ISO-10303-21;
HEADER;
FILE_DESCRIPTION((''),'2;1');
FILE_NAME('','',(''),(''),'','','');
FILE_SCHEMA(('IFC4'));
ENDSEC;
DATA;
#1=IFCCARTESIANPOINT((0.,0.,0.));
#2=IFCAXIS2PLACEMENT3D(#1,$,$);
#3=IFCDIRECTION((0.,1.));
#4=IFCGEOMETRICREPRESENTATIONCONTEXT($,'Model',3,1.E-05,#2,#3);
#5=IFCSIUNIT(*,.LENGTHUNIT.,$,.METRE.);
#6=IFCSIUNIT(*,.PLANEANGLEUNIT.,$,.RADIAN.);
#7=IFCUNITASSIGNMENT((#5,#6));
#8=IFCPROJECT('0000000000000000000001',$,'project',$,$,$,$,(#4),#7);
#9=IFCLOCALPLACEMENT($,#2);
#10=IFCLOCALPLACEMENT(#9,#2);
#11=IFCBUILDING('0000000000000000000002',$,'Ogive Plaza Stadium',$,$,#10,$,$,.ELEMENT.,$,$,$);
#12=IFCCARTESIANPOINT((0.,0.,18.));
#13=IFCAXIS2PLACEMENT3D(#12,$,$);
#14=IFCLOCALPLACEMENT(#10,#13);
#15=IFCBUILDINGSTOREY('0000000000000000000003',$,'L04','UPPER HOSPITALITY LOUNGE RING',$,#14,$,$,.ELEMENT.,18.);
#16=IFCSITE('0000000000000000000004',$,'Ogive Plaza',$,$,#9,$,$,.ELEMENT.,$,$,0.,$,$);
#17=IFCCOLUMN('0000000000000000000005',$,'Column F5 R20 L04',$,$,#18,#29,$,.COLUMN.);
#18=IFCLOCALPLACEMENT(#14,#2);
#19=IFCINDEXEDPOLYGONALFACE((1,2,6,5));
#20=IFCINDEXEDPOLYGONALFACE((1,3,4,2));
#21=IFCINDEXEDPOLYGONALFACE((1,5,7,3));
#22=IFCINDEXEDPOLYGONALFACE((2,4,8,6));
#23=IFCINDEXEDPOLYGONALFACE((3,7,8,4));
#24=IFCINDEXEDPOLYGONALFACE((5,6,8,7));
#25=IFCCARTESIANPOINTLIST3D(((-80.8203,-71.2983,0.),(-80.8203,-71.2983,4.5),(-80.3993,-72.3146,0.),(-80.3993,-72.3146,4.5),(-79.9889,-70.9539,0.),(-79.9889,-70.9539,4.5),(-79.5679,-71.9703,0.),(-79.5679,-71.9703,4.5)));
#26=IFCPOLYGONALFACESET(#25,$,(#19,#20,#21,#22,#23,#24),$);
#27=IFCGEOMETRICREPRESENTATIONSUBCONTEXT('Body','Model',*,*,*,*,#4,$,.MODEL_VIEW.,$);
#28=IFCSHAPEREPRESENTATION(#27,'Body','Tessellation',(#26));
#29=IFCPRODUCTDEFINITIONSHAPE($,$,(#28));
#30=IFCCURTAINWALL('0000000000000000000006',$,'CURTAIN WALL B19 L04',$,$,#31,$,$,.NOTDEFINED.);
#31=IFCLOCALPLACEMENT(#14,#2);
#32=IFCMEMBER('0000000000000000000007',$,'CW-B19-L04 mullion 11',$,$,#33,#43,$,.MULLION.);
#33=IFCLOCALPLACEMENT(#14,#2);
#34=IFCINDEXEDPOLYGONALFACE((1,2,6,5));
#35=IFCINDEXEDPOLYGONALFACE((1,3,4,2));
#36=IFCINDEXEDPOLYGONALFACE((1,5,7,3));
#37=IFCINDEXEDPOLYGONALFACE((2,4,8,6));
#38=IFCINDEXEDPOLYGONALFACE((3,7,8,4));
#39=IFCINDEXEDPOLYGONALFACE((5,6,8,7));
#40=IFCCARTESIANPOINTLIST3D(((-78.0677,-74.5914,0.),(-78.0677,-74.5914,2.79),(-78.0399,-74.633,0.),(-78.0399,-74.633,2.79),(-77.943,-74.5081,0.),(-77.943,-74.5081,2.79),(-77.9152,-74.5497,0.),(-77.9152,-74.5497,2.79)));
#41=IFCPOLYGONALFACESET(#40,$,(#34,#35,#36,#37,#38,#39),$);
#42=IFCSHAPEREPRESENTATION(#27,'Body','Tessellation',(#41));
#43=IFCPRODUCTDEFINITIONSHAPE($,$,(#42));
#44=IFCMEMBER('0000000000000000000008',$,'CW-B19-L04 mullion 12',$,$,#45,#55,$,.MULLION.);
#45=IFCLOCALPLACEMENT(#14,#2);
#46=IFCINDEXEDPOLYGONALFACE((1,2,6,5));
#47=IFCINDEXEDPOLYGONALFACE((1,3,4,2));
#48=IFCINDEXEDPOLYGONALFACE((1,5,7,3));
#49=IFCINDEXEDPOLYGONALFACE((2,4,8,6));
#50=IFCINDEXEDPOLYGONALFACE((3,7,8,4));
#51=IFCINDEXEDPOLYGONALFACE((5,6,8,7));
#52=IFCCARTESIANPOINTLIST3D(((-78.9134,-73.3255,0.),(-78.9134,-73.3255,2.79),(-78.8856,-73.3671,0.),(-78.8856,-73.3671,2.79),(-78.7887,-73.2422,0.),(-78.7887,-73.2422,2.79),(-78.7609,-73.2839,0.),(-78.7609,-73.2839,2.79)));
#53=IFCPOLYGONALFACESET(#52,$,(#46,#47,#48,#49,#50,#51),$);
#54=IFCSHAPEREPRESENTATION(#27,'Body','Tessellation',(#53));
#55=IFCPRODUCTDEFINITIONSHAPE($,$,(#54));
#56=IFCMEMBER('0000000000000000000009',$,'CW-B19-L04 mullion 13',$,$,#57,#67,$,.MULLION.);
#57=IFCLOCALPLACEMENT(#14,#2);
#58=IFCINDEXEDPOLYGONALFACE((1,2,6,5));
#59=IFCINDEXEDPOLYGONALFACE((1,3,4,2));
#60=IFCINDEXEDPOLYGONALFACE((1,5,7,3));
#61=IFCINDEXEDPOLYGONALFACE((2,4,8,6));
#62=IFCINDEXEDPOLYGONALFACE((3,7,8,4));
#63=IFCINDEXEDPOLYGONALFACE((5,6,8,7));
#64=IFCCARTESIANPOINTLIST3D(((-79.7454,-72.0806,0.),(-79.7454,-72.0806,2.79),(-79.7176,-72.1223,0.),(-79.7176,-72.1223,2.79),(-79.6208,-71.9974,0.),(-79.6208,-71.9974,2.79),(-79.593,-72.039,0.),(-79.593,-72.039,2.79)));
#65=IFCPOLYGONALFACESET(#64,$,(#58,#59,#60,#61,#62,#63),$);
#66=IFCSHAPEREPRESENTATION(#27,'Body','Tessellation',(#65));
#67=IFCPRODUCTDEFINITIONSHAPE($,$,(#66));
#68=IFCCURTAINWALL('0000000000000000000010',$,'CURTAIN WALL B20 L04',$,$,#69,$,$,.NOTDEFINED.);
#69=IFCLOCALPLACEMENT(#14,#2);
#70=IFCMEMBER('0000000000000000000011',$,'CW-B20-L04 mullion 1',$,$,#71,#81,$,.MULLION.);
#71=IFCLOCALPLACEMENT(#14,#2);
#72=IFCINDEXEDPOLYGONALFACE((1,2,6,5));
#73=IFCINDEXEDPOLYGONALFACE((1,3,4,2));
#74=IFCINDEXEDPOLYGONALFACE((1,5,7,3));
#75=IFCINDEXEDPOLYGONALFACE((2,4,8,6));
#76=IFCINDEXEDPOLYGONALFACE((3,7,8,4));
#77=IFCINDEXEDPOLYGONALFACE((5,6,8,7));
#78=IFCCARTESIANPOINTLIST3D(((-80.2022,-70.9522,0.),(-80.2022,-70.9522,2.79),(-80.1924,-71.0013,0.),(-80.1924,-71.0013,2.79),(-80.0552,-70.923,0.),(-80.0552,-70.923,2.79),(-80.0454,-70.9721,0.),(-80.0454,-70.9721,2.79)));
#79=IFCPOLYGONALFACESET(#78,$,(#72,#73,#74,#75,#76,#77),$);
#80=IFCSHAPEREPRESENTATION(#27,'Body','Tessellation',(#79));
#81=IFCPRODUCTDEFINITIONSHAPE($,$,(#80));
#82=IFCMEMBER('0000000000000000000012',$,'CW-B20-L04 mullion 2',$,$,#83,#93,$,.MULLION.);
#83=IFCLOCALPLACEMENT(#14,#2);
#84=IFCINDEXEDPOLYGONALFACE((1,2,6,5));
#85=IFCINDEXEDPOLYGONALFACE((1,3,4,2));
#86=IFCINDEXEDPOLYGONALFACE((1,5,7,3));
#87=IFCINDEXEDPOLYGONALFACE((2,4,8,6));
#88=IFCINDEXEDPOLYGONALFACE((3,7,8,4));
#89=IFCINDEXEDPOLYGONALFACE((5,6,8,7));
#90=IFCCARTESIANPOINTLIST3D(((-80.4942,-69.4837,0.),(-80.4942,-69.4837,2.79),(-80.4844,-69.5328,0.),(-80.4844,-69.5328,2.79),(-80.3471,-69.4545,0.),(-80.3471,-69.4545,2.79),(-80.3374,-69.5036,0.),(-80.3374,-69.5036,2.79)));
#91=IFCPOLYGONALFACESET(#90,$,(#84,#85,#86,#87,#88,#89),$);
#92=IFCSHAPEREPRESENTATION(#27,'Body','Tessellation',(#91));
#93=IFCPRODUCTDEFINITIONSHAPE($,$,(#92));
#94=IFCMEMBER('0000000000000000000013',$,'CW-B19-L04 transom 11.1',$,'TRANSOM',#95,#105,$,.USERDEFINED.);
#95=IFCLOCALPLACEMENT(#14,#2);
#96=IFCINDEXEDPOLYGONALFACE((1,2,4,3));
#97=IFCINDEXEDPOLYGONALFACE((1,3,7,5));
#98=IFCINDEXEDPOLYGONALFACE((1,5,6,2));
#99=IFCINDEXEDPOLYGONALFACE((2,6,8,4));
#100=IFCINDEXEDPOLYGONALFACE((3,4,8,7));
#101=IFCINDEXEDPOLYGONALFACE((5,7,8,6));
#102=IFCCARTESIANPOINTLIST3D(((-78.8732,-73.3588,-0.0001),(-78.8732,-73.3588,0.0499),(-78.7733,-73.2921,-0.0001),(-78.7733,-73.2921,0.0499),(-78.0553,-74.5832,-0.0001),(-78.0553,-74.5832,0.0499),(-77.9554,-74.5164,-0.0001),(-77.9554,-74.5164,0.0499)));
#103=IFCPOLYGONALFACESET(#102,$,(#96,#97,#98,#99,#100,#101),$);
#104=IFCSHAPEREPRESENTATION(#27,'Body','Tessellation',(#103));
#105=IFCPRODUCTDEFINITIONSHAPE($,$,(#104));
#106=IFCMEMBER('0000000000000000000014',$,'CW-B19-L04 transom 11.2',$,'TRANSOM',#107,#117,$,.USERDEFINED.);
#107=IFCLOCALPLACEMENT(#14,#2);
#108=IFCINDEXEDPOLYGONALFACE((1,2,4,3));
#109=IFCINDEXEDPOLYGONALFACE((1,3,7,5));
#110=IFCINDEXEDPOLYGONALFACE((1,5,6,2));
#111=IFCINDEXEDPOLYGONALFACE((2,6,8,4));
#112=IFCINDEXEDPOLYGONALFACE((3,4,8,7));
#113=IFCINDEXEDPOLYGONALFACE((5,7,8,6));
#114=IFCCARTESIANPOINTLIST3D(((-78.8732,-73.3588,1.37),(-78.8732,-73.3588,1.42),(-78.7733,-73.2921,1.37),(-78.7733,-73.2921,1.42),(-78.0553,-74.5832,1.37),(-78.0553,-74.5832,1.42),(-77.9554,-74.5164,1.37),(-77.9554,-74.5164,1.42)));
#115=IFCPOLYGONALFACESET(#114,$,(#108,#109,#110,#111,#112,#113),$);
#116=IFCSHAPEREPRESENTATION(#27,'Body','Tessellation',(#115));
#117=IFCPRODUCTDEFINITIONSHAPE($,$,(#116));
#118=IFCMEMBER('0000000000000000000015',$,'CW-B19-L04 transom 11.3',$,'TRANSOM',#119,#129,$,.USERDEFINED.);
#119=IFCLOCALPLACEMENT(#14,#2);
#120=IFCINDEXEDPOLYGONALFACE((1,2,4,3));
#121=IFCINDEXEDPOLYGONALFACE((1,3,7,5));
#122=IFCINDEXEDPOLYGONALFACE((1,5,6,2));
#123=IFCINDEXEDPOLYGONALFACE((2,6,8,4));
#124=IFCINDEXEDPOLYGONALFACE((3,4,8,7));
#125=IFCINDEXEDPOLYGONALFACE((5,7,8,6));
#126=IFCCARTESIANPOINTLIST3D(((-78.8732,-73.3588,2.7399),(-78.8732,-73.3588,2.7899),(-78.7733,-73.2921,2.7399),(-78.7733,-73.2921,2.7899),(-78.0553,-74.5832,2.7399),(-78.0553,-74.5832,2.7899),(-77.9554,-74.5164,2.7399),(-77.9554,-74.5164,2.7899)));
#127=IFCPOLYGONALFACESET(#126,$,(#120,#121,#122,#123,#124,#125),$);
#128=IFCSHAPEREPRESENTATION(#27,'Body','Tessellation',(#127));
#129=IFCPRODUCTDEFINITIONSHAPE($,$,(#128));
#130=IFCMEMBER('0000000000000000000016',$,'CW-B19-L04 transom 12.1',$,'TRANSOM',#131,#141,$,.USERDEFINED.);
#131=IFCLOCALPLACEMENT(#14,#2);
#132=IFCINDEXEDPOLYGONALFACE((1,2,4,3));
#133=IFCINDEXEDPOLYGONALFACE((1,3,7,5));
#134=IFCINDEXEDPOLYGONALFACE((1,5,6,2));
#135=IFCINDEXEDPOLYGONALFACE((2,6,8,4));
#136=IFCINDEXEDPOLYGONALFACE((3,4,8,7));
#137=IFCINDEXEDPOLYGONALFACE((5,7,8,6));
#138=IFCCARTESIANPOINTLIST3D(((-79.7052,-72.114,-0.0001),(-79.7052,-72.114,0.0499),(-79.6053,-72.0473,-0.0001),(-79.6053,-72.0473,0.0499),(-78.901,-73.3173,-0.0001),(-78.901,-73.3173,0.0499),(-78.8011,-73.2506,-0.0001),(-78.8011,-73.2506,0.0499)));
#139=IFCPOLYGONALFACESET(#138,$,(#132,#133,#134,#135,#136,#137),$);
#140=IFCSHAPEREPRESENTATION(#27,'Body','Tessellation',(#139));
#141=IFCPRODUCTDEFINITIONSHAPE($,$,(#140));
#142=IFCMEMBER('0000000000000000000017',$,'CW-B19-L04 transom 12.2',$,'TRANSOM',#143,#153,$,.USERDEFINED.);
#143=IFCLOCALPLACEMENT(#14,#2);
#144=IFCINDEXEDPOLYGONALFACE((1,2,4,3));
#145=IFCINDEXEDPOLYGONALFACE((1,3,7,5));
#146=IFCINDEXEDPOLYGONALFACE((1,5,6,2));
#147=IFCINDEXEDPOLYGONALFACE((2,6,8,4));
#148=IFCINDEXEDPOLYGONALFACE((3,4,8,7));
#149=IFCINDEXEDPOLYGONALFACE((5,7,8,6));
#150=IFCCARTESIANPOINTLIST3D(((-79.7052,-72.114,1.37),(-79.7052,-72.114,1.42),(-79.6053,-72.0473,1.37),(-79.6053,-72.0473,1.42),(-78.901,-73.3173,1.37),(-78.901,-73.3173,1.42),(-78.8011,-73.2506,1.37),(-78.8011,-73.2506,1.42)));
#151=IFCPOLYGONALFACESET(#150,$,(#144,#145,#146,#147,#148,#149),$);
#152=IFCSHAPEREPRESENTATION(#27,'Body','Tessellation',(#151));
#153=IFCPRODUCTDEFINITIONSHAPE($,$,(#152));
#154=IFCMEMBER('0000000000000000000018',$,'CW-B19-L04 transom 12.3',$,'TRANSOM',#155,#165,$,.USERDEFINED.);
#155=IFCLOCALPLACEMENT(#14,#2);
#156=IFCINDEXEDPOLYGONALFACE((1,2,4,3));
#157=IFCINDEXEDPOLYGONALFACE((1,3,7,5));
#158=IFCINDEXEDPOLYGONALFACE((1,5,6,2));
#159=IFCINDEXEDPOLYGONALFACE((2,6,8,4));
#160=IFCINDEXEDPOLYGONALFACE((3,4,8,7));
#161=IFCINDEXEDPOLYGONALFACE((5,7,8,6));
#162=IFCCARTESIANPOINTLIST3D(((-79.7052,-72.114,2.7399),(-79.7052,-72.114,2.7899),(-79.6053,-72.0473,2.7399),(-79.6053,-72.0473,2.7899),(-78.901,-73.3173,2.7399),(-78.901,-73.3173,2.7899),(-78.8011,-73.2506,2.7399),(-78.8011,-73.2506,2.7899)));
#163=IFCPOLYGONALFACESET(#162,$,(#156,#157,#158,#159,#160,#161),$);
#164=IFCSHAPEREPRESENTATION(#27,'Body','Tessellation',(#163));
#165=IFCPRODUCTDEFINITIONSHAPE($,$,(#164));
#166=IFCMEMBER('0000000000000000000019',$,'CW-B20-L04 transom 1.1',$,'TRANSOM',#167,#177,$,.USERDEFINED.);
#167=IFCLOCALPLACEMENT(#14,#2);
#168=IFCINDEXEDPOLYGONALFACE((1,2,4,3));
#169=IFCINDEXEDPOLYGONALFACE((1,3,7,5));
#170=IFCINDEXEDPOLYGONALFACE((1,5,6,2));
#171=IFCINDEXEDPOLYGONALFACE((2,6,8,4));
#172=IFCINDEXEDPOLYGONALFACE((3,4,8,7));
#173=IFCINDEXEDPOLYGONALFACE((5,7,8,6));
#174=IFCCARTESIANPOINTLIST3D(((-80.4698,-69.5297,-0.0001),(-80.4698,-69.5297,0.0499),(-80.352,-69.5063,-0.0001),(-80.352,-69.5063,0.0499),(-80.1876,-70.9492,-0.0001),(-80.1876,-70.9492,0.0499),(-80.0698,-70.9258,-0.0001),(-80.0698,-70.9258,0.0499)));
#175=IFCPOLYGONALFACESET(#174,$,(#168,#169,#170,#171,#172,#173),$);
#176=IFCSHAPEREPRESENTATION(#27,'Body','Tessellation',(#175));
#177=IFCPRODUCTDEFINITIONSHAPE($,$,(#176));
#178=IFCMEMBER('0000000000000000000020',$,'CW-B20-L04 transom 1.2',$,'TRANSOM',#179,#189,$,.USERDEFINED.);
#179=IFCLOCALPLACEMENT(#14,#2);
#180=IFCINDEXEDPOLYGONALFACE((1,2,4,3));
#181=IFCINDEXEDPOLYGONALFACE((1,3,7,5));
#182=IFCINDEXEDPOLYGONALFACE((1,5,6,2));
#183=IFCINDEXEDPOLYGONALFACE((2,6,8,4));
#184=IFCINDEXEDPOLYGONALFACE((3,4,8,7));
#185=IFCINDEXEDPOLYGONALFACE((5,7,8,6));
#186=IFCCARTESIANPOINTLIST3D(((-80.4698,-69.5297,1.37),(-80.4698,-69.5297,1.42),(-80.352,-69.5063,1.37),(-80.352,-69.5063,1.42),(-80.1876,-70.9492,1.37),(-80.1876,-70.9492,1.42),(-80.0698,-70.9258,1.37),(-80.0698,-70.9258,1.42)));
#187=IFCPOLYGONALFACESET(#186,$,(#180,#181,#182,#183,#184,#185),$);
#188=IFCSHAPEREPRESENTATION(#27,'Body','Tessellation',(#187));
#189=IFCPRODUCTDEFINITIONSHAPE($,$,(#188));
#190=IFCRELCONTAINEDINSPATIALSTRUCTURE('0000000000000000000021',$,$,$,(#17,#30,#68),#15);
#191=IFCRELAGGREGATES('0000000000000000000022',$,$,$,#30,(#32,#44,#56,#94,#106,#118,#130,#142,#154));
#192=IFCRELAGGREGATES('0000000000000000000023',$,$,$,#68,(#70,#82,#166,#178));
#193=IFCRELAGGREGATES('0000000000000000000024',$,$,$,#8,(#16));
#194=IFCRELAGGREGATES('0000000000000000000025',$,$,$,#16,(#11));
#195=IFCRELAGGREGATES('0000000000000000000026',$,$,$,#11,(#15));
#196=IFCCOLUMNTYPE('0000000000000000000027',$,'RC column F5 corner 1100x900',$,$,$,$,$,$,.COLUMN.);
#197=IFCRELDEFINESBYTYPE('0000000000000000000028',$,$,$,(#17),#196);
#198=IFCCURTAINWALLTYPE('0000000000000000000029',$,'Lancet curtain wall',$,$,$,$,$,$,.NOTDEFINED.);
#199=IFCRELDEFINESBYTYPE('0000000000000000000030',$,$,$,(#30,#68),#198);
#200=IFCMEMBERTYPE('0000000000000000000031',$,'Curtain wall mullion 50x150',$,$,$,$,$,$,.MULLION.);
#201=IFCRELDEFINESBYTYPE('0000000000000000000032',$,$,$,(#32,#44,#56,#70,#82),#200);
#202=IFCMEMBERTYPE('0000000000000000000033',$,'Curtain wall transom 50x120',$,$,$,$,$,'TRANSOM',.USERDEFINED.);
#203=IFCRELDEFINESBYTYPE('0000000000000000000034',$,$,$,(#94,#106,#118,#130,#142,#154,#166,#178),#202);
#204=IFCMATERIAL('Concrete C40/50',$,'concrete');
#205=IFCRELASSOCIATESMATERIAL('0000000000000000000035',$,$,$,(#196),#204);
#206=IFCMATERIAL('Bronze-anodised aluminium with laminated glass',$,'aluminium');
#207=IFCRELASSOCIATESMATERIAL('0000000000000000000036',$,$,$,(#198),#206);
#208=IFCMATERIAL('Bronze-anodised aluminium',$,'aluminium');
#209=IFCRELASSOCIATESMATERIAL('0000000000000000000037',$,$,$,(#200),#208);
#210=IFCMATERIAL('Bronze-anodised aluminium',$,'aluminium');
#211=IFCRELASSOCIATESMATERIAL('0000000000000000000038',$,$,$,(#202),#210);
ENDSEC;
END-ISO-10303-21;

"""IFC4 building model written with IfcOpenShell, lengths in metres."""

from ifc_helpers import new_model, si_unit, direction, frame, origin, origin_2d, place, context, subcontext, project, spatial, rectangle, extrude, material, material_profile, profile_set, type_object, element, aggregate, save


model = new_model("IFC4")

# Units and contexts
model_context = context("Model", 3, precision=1e-05, world=origin(), true_north=direction((0.0, 1.0)))
body_context = subcontext(model_context, "Body", "Model", "MODEL_VIEW")
ifc_project = project(units=[si_unit("LENGTHUNIT", "METRE"), si_unit("PLANEANGLEUNIT", "RADIAN")], contexts=[model_context])

# Site, building, storey
site_placement = place(None, origin())
site = spatial("IfcSite", under=ifc_project, at=site_placement, Name="Ogive Plaza", CompositionType="ELEMENT", RefElevation=0.0)
building_placement = place(site_placement, origin())
building = spatial("IfcBuilding", under=site, at=building_placement, Name="Ogive Plaza Stadium", CompositionType="ELEMENT")
storey_placement = place(building_placement, frame((0.0, 0.0, 18.0)))
storey = spatial("IfcBuildingStorey", under=building, at=storey_placement, Name="L04", Description="UPPER HOSPITALITY LOUNGE RING", CompositionType="ELEMENT", Elevation=18.0)

# Column
ifc_material_1 = material(Name="Concrete C40/50", Category="concrete")
ifc_material_profile_1 = material_profile(ifc_material_1, rectangle(XDim=1.1001, YDim=0.8999, at=origin_2d()), Name="RC 1100x900")
ifc_profile_set_1 = profile_set([ifc_material_profile_1], Name="Concrete C40/50")
column_type = type_object("IfcColumnType", Name="RC column F5 corner 1100x900", PredefinedType="COLUMN", material=ifc_profile_set_1)
column_placement = place(storey_placement, frame((-80.1941, -71.6343, 0.0), z_axis=(0.0, 0.0, 1.0), x_axis=(0.382683, -0.92388, 0.0)))
element("IfcColumn", 1, at=column_placement, inside=storey, type_object=column_type, Name="Column F5 R20 L04", PredefinedType="COLUMN", context=body_context, shape_type="SweptSolid", body=[
    extrude(rectangle(XDim=1.1001, YDim=0.8999, at=origin_2d()), origin(), (0.0, 0.0, 1.0), 4.5),
])

# Curtain walls, members
ifc_material_2 = material(Name="Bronze-anodised aluminium with laminated glass", Category="aluminium")
curtain_wall_type = type_object("IfcCurtainWallType", Name="Lancet curtain wall", PredefinedType="NOTDEFINED", material=ifc_material_2)
curtain_wall_1_placement = place(storey_placement, origin())
curtain_wall_1 = element("IfcCurtainWall", 2, at=curtain_wall_1_placement, inside=storey, type_object=curtain_wall_type, Name="CURTAIN WALL B19 L04", PredefinedType="NOTDEFINED")
ifc_material_3 = material(Name="Bronze-anodised aluminium", Category="aluminium")
ifc_material_profile_2 = material_profile(ifc_material_3, rectangle(XDim=0.1499, YDim=0.05, at=origin_2d()), Name="AL 150x50")
ifc_profile_set_2 = profile_set([ifc_material_profile_2], Name="Bronze-anodised aluminium")
member_type_1 = type_object("IfcMemberType", Name="Curtain wall mullion 50x150", PredefinedType="MULLION", material=ifc_profile_set_2)
member_1_placement = place(storey_placement, frame((-77.9915, -74.5706, 0.0), z_axis=(0.0, 0.0, 1.0), x_axis=(-0.83147, -0.55557, 0.0)))
member_1 = element("IfcMember", 3, at=member_1_placement, type_object=member_type_1, Name="CW-B19-L04 mullion 11", PredefinedType="MULLION", context=body_context, shape_type="SweptSolid", body=[
    extrude(rectangle(XDim=0.1499, YDim=0.05, at=origin_2d()), origin(), (0.0, 0.0, 1.0), 2.79),
])
member_2_placement = place(storey_placement, frame((-78.8372, -73.3047, 0.0), z_axis=(0.0, 0.0, 1.0), x_axis=(-0.83147, -0.55557, 0.0)))
member_2 = element("IfcMember", 4, at=member_2_placement, type_object=member_type_1, Name="CW-B19-L04 mullion 12", PredefinedType="MULLION", context=body_context, shape_type="SweptSolid", body=[
    extrude(rectangle(XDim=0.1499, YDim=0.05, at=origin_2d()), origin(), (0.0, 0.0, 1.0), 2.79),
])
member_3_placement = place(storey_placement, frame((-79.6692, -72.0598, 0.0), z_axis=(0.0, 0.0, 1.0), x_axis=(-0.83147, -0.55557, 0.0)))
member_3 = element("IfcMember", 5, at=member_3_placement, type_object=member_type_1, Name="CW-B19-L04 mullion 13", PredefinedType="MULLION", context=body_context, shape_type="SweptSolid", body=[
    extrude(rectangle(XDim=0.1499, YDim=0.05, at=origin_2d()), origin(), (0.0, 0.0, 1.0), 2.79),
])
curtain_wall_2_placement = place(storey_placement, origin())
curtain_wall_2 = element("IfcCurtainWall", 6, at=curtain_wall_2_placement, inside=storey, type_object=curtain_wall_type, Name="CURTAIN WALL B20 L04", PredefinedType="NOTDEFINED")
member_4_placement = place(storey_placement, frame((-80.1238, -70.9622, 0.0), z_axis=(0.0, 0.0, 1.0), x_axis=(-0.980785, -0.19509, 0.0)))
member_4 = element("IfcMember", 7, at=member_4_placement, type_object=member_type_1, Name="CW-B20-L04 mullion 1", PredefinedType="MULLION", context=body_context, shape_type="SweptSolid", body=[
    extrude(rectangle(XDim=0.1499, YDim=0.05, at=origin_2d()), origin(), (0.0, 0.0, 1.0), 2.79),
])
member_5_placement = place(storey_placement, frame((-80.4158, -69.4937, 0.0), z_axis=(0.0, 0.0, 1.0), x_axis=(-0.980785, -0.19509, 0.0)))
member_5 = element("IfcMember", 8, at=member_5_placement, type_object=member_type_1, Name="CW-B20-L04 mullion 2", PredefinedType="MULLION", context=body_context, shape_type="SweptSolid", body=[
    extrude(rectangle(XDim=0.1499, YDim=0.05, at=origin_2d()), origin(), (0.0, 0.0, 1.0), 2.79),
])

# Members
ifc_material_4 = material(Name="Bronze-anodised aluminium", Category="aluminium")
ifc_material_profile_3 = material_profile(ifc_material_4, rectangle(XDim=0.1201, YDim=0.05, at=origin_2d()), Name="AL 120x50")
ifc_profile_set_3 = profile_set([ifc_material_profile_3], Name="Bronze-anodised aluminium")
member_type_2 = type_object("IfcMemberType", Name="Curtain wall transom 50x120", ElementType="TRANSOM", PredefinedType="USERDEFINED", material=ifc_profile_set_3)
member_6_placement = place(storey_placement, frame((-78.0054, -74.5498, 0.0249), z_axis=(-0.555465, 0.83154, 0.0), x_axis=(-0.83154, -0.555465, 0.0)))
member_6 = element("IfcMember", 9, at=member_6_placement, type_object=member_type_2, Name="CW-B19-L04 transom 11.1", ObjectType="TRANSOM", PredefinedType="USERDEFINED", context=body_context, shape_type="SweptSolid", body=[
    extrude(rectangle(XDim=0.1201, YDim=0.05, at=origin_2d()), origin(), (0.0, 0.0, 1.0), 1.4724),
])
member_7_placement = place(storey_placement, frame((-78.0054, -74.5498, 1.395), z_axis=(-0.555465, 0.83154, 0.0), x_axis=(-0.83154, -0.555465, 0.0)))
member_7 = element("IfcMember", 10, at=member_7_placement, type_object=member_type_2, Name="CW-B19-L04 transom 11.2", ObjectType="TRANSOM", PredefinedType="USERDEFINED", context=body_context, shape_type="SweptSolid", body=[
    extrude(rectangle(XDim=0.1201, YDim=0.05, at=origin_2d()), origin(), (0.0, 0.0, 1.0), 1.4724),
])
member_8_placement = place(storey_placement, frame((-78.0054, -74.5498, 2.7649), z_axis=(-0.555465, 0.83154, 0.0), x_axis=(-0.83154, -0.555465, 0.0)))
member_8 = element("IfcMember", 11, at=member_8_placement, type_object=member_type_2, Name="CW-B19-L04 transom 11.3", ObjectType="TRANSOM", PredefinedType="USERDEFINED", context=body_context, shape_type="SweptSolid", body=[
    extrude(rectangle(XDim=0.1201, YDim=0.05, at=origin_2d()), origin(), (0.0, 0.0, 1.0), 1.4724),
])
member_9_placement = place(storey_placement, frame((-78.8511, -73.2839, 0.0249), z_axis=(-0.555634, 0.831427, 0.0), x_axis=(-0.831427, -0.555634, 0.0)))
member_9 = element("IfcMember", 12, at=member_9_placement, type_object=member_type_2, Name="CW-B19-L04 transom 12.1", ObjectType="TRANSOM", PredefinedType="USERDEFINED", context=body_context, shape_type="SweptSolid", body=[
    extrude(rectangle(XDim=0.1201, YDim=0.05, at=origin_2d()), origin(), (0.0, 0.0, 1.0), 1.4473),
])
member_10_placement = place(storey_placement, frame((-78.8511, -73.2839, 1.395), z_axis=(-0.555634, 0.831427, 0.0), x_axis=(-0.831427, -0.555634, 0.0)))
member_10 = element("IfcMember", 13, at=member_10_placement, type_object=member_type_2, Name="CW-B19-L04 transom 12.2", ObjectType="TRANSOM", PredefinedType="USERDEFINED", context=body_context, shape_type="SweptSolid", body=[
    extrude(rectangle(XDim=0.1201, YDim=0.05, at=origin_2d()), origin(), (0.0, 0.0, 1.0), 1.4473),
])
member_11_placement = place(storey_placement, frame((-78.8511, -73.2839, 2.7649), z_axis=(-0.555634, 0.831427, 0.0), x_axis=(-0.831427, -0.555634, 0.0)))
member_11 = element("IfcMember", 14, at=member_11_placement, type_object=member_type_2, Name="CW-B19-L04 transom 12.3", ObjectType="TRANSOM", PredefinedType="USERDEFINED", context=body_context, shape_type="SweptSolid", body=[
    extrude(rectangle(XDim=0.1201, YDim=0.05, at=origin_2d()), origin(), (0.0, 0.0, 1.0), 1.4473),
])
member_12_placement = place(storey_placement, frame((-80.1287, -70.9375, 0.0249), z_axis=(-0.195013, 0.980801, 0.0), x_axis=(-0.980801, -0.195013, 0.0)))
member_12 = element("IfcMember", 15, at=member_12_placement, type_object=member_type_2, Name="CW-B20-L04 transom 1.1", ObjectType="TRANSOM", PredefinedType="USERDEFINED", context=body_context, shape_type="SweptSolid", body=[
    extrude(rectangle(XDim=0.1201, YDim=0.05, at=origin_2d()), origin(), (0.0, 0.0, 1.0), 1.4473),
])
member_13_placement = place(storey_placement, frame((-80.1287, -70.9375, 1.395), z_axis=(-0.195013, 0.980801, 0.0), x_axis=(-0.980801, -0.195013, 0.0)))
member_13 = element("IfcMember", 16, at=member_13_placement, type_object=member_type_2, Name="CW-B20-L04 transom 1.2", ObjectType="TRANSOM", PredefinedType="USERDEFINED", context=body_context, shape_type="SweptSolid", body=[
    extrude(rectangle(XDim=0.1201, YDim=0.05, at=origin_2d()), origin(), (0.0, 0.0, 1.0), 1.4473),
])

aggregate(curtain_wall_1, [member_1, member_2, member_3, member_6, member_7, member_8, member_9, member_10, member_11])
aggregate(curtain_wall_2, [member_4, member_5, member_12, member_13])

save(model, "model.ifc")
